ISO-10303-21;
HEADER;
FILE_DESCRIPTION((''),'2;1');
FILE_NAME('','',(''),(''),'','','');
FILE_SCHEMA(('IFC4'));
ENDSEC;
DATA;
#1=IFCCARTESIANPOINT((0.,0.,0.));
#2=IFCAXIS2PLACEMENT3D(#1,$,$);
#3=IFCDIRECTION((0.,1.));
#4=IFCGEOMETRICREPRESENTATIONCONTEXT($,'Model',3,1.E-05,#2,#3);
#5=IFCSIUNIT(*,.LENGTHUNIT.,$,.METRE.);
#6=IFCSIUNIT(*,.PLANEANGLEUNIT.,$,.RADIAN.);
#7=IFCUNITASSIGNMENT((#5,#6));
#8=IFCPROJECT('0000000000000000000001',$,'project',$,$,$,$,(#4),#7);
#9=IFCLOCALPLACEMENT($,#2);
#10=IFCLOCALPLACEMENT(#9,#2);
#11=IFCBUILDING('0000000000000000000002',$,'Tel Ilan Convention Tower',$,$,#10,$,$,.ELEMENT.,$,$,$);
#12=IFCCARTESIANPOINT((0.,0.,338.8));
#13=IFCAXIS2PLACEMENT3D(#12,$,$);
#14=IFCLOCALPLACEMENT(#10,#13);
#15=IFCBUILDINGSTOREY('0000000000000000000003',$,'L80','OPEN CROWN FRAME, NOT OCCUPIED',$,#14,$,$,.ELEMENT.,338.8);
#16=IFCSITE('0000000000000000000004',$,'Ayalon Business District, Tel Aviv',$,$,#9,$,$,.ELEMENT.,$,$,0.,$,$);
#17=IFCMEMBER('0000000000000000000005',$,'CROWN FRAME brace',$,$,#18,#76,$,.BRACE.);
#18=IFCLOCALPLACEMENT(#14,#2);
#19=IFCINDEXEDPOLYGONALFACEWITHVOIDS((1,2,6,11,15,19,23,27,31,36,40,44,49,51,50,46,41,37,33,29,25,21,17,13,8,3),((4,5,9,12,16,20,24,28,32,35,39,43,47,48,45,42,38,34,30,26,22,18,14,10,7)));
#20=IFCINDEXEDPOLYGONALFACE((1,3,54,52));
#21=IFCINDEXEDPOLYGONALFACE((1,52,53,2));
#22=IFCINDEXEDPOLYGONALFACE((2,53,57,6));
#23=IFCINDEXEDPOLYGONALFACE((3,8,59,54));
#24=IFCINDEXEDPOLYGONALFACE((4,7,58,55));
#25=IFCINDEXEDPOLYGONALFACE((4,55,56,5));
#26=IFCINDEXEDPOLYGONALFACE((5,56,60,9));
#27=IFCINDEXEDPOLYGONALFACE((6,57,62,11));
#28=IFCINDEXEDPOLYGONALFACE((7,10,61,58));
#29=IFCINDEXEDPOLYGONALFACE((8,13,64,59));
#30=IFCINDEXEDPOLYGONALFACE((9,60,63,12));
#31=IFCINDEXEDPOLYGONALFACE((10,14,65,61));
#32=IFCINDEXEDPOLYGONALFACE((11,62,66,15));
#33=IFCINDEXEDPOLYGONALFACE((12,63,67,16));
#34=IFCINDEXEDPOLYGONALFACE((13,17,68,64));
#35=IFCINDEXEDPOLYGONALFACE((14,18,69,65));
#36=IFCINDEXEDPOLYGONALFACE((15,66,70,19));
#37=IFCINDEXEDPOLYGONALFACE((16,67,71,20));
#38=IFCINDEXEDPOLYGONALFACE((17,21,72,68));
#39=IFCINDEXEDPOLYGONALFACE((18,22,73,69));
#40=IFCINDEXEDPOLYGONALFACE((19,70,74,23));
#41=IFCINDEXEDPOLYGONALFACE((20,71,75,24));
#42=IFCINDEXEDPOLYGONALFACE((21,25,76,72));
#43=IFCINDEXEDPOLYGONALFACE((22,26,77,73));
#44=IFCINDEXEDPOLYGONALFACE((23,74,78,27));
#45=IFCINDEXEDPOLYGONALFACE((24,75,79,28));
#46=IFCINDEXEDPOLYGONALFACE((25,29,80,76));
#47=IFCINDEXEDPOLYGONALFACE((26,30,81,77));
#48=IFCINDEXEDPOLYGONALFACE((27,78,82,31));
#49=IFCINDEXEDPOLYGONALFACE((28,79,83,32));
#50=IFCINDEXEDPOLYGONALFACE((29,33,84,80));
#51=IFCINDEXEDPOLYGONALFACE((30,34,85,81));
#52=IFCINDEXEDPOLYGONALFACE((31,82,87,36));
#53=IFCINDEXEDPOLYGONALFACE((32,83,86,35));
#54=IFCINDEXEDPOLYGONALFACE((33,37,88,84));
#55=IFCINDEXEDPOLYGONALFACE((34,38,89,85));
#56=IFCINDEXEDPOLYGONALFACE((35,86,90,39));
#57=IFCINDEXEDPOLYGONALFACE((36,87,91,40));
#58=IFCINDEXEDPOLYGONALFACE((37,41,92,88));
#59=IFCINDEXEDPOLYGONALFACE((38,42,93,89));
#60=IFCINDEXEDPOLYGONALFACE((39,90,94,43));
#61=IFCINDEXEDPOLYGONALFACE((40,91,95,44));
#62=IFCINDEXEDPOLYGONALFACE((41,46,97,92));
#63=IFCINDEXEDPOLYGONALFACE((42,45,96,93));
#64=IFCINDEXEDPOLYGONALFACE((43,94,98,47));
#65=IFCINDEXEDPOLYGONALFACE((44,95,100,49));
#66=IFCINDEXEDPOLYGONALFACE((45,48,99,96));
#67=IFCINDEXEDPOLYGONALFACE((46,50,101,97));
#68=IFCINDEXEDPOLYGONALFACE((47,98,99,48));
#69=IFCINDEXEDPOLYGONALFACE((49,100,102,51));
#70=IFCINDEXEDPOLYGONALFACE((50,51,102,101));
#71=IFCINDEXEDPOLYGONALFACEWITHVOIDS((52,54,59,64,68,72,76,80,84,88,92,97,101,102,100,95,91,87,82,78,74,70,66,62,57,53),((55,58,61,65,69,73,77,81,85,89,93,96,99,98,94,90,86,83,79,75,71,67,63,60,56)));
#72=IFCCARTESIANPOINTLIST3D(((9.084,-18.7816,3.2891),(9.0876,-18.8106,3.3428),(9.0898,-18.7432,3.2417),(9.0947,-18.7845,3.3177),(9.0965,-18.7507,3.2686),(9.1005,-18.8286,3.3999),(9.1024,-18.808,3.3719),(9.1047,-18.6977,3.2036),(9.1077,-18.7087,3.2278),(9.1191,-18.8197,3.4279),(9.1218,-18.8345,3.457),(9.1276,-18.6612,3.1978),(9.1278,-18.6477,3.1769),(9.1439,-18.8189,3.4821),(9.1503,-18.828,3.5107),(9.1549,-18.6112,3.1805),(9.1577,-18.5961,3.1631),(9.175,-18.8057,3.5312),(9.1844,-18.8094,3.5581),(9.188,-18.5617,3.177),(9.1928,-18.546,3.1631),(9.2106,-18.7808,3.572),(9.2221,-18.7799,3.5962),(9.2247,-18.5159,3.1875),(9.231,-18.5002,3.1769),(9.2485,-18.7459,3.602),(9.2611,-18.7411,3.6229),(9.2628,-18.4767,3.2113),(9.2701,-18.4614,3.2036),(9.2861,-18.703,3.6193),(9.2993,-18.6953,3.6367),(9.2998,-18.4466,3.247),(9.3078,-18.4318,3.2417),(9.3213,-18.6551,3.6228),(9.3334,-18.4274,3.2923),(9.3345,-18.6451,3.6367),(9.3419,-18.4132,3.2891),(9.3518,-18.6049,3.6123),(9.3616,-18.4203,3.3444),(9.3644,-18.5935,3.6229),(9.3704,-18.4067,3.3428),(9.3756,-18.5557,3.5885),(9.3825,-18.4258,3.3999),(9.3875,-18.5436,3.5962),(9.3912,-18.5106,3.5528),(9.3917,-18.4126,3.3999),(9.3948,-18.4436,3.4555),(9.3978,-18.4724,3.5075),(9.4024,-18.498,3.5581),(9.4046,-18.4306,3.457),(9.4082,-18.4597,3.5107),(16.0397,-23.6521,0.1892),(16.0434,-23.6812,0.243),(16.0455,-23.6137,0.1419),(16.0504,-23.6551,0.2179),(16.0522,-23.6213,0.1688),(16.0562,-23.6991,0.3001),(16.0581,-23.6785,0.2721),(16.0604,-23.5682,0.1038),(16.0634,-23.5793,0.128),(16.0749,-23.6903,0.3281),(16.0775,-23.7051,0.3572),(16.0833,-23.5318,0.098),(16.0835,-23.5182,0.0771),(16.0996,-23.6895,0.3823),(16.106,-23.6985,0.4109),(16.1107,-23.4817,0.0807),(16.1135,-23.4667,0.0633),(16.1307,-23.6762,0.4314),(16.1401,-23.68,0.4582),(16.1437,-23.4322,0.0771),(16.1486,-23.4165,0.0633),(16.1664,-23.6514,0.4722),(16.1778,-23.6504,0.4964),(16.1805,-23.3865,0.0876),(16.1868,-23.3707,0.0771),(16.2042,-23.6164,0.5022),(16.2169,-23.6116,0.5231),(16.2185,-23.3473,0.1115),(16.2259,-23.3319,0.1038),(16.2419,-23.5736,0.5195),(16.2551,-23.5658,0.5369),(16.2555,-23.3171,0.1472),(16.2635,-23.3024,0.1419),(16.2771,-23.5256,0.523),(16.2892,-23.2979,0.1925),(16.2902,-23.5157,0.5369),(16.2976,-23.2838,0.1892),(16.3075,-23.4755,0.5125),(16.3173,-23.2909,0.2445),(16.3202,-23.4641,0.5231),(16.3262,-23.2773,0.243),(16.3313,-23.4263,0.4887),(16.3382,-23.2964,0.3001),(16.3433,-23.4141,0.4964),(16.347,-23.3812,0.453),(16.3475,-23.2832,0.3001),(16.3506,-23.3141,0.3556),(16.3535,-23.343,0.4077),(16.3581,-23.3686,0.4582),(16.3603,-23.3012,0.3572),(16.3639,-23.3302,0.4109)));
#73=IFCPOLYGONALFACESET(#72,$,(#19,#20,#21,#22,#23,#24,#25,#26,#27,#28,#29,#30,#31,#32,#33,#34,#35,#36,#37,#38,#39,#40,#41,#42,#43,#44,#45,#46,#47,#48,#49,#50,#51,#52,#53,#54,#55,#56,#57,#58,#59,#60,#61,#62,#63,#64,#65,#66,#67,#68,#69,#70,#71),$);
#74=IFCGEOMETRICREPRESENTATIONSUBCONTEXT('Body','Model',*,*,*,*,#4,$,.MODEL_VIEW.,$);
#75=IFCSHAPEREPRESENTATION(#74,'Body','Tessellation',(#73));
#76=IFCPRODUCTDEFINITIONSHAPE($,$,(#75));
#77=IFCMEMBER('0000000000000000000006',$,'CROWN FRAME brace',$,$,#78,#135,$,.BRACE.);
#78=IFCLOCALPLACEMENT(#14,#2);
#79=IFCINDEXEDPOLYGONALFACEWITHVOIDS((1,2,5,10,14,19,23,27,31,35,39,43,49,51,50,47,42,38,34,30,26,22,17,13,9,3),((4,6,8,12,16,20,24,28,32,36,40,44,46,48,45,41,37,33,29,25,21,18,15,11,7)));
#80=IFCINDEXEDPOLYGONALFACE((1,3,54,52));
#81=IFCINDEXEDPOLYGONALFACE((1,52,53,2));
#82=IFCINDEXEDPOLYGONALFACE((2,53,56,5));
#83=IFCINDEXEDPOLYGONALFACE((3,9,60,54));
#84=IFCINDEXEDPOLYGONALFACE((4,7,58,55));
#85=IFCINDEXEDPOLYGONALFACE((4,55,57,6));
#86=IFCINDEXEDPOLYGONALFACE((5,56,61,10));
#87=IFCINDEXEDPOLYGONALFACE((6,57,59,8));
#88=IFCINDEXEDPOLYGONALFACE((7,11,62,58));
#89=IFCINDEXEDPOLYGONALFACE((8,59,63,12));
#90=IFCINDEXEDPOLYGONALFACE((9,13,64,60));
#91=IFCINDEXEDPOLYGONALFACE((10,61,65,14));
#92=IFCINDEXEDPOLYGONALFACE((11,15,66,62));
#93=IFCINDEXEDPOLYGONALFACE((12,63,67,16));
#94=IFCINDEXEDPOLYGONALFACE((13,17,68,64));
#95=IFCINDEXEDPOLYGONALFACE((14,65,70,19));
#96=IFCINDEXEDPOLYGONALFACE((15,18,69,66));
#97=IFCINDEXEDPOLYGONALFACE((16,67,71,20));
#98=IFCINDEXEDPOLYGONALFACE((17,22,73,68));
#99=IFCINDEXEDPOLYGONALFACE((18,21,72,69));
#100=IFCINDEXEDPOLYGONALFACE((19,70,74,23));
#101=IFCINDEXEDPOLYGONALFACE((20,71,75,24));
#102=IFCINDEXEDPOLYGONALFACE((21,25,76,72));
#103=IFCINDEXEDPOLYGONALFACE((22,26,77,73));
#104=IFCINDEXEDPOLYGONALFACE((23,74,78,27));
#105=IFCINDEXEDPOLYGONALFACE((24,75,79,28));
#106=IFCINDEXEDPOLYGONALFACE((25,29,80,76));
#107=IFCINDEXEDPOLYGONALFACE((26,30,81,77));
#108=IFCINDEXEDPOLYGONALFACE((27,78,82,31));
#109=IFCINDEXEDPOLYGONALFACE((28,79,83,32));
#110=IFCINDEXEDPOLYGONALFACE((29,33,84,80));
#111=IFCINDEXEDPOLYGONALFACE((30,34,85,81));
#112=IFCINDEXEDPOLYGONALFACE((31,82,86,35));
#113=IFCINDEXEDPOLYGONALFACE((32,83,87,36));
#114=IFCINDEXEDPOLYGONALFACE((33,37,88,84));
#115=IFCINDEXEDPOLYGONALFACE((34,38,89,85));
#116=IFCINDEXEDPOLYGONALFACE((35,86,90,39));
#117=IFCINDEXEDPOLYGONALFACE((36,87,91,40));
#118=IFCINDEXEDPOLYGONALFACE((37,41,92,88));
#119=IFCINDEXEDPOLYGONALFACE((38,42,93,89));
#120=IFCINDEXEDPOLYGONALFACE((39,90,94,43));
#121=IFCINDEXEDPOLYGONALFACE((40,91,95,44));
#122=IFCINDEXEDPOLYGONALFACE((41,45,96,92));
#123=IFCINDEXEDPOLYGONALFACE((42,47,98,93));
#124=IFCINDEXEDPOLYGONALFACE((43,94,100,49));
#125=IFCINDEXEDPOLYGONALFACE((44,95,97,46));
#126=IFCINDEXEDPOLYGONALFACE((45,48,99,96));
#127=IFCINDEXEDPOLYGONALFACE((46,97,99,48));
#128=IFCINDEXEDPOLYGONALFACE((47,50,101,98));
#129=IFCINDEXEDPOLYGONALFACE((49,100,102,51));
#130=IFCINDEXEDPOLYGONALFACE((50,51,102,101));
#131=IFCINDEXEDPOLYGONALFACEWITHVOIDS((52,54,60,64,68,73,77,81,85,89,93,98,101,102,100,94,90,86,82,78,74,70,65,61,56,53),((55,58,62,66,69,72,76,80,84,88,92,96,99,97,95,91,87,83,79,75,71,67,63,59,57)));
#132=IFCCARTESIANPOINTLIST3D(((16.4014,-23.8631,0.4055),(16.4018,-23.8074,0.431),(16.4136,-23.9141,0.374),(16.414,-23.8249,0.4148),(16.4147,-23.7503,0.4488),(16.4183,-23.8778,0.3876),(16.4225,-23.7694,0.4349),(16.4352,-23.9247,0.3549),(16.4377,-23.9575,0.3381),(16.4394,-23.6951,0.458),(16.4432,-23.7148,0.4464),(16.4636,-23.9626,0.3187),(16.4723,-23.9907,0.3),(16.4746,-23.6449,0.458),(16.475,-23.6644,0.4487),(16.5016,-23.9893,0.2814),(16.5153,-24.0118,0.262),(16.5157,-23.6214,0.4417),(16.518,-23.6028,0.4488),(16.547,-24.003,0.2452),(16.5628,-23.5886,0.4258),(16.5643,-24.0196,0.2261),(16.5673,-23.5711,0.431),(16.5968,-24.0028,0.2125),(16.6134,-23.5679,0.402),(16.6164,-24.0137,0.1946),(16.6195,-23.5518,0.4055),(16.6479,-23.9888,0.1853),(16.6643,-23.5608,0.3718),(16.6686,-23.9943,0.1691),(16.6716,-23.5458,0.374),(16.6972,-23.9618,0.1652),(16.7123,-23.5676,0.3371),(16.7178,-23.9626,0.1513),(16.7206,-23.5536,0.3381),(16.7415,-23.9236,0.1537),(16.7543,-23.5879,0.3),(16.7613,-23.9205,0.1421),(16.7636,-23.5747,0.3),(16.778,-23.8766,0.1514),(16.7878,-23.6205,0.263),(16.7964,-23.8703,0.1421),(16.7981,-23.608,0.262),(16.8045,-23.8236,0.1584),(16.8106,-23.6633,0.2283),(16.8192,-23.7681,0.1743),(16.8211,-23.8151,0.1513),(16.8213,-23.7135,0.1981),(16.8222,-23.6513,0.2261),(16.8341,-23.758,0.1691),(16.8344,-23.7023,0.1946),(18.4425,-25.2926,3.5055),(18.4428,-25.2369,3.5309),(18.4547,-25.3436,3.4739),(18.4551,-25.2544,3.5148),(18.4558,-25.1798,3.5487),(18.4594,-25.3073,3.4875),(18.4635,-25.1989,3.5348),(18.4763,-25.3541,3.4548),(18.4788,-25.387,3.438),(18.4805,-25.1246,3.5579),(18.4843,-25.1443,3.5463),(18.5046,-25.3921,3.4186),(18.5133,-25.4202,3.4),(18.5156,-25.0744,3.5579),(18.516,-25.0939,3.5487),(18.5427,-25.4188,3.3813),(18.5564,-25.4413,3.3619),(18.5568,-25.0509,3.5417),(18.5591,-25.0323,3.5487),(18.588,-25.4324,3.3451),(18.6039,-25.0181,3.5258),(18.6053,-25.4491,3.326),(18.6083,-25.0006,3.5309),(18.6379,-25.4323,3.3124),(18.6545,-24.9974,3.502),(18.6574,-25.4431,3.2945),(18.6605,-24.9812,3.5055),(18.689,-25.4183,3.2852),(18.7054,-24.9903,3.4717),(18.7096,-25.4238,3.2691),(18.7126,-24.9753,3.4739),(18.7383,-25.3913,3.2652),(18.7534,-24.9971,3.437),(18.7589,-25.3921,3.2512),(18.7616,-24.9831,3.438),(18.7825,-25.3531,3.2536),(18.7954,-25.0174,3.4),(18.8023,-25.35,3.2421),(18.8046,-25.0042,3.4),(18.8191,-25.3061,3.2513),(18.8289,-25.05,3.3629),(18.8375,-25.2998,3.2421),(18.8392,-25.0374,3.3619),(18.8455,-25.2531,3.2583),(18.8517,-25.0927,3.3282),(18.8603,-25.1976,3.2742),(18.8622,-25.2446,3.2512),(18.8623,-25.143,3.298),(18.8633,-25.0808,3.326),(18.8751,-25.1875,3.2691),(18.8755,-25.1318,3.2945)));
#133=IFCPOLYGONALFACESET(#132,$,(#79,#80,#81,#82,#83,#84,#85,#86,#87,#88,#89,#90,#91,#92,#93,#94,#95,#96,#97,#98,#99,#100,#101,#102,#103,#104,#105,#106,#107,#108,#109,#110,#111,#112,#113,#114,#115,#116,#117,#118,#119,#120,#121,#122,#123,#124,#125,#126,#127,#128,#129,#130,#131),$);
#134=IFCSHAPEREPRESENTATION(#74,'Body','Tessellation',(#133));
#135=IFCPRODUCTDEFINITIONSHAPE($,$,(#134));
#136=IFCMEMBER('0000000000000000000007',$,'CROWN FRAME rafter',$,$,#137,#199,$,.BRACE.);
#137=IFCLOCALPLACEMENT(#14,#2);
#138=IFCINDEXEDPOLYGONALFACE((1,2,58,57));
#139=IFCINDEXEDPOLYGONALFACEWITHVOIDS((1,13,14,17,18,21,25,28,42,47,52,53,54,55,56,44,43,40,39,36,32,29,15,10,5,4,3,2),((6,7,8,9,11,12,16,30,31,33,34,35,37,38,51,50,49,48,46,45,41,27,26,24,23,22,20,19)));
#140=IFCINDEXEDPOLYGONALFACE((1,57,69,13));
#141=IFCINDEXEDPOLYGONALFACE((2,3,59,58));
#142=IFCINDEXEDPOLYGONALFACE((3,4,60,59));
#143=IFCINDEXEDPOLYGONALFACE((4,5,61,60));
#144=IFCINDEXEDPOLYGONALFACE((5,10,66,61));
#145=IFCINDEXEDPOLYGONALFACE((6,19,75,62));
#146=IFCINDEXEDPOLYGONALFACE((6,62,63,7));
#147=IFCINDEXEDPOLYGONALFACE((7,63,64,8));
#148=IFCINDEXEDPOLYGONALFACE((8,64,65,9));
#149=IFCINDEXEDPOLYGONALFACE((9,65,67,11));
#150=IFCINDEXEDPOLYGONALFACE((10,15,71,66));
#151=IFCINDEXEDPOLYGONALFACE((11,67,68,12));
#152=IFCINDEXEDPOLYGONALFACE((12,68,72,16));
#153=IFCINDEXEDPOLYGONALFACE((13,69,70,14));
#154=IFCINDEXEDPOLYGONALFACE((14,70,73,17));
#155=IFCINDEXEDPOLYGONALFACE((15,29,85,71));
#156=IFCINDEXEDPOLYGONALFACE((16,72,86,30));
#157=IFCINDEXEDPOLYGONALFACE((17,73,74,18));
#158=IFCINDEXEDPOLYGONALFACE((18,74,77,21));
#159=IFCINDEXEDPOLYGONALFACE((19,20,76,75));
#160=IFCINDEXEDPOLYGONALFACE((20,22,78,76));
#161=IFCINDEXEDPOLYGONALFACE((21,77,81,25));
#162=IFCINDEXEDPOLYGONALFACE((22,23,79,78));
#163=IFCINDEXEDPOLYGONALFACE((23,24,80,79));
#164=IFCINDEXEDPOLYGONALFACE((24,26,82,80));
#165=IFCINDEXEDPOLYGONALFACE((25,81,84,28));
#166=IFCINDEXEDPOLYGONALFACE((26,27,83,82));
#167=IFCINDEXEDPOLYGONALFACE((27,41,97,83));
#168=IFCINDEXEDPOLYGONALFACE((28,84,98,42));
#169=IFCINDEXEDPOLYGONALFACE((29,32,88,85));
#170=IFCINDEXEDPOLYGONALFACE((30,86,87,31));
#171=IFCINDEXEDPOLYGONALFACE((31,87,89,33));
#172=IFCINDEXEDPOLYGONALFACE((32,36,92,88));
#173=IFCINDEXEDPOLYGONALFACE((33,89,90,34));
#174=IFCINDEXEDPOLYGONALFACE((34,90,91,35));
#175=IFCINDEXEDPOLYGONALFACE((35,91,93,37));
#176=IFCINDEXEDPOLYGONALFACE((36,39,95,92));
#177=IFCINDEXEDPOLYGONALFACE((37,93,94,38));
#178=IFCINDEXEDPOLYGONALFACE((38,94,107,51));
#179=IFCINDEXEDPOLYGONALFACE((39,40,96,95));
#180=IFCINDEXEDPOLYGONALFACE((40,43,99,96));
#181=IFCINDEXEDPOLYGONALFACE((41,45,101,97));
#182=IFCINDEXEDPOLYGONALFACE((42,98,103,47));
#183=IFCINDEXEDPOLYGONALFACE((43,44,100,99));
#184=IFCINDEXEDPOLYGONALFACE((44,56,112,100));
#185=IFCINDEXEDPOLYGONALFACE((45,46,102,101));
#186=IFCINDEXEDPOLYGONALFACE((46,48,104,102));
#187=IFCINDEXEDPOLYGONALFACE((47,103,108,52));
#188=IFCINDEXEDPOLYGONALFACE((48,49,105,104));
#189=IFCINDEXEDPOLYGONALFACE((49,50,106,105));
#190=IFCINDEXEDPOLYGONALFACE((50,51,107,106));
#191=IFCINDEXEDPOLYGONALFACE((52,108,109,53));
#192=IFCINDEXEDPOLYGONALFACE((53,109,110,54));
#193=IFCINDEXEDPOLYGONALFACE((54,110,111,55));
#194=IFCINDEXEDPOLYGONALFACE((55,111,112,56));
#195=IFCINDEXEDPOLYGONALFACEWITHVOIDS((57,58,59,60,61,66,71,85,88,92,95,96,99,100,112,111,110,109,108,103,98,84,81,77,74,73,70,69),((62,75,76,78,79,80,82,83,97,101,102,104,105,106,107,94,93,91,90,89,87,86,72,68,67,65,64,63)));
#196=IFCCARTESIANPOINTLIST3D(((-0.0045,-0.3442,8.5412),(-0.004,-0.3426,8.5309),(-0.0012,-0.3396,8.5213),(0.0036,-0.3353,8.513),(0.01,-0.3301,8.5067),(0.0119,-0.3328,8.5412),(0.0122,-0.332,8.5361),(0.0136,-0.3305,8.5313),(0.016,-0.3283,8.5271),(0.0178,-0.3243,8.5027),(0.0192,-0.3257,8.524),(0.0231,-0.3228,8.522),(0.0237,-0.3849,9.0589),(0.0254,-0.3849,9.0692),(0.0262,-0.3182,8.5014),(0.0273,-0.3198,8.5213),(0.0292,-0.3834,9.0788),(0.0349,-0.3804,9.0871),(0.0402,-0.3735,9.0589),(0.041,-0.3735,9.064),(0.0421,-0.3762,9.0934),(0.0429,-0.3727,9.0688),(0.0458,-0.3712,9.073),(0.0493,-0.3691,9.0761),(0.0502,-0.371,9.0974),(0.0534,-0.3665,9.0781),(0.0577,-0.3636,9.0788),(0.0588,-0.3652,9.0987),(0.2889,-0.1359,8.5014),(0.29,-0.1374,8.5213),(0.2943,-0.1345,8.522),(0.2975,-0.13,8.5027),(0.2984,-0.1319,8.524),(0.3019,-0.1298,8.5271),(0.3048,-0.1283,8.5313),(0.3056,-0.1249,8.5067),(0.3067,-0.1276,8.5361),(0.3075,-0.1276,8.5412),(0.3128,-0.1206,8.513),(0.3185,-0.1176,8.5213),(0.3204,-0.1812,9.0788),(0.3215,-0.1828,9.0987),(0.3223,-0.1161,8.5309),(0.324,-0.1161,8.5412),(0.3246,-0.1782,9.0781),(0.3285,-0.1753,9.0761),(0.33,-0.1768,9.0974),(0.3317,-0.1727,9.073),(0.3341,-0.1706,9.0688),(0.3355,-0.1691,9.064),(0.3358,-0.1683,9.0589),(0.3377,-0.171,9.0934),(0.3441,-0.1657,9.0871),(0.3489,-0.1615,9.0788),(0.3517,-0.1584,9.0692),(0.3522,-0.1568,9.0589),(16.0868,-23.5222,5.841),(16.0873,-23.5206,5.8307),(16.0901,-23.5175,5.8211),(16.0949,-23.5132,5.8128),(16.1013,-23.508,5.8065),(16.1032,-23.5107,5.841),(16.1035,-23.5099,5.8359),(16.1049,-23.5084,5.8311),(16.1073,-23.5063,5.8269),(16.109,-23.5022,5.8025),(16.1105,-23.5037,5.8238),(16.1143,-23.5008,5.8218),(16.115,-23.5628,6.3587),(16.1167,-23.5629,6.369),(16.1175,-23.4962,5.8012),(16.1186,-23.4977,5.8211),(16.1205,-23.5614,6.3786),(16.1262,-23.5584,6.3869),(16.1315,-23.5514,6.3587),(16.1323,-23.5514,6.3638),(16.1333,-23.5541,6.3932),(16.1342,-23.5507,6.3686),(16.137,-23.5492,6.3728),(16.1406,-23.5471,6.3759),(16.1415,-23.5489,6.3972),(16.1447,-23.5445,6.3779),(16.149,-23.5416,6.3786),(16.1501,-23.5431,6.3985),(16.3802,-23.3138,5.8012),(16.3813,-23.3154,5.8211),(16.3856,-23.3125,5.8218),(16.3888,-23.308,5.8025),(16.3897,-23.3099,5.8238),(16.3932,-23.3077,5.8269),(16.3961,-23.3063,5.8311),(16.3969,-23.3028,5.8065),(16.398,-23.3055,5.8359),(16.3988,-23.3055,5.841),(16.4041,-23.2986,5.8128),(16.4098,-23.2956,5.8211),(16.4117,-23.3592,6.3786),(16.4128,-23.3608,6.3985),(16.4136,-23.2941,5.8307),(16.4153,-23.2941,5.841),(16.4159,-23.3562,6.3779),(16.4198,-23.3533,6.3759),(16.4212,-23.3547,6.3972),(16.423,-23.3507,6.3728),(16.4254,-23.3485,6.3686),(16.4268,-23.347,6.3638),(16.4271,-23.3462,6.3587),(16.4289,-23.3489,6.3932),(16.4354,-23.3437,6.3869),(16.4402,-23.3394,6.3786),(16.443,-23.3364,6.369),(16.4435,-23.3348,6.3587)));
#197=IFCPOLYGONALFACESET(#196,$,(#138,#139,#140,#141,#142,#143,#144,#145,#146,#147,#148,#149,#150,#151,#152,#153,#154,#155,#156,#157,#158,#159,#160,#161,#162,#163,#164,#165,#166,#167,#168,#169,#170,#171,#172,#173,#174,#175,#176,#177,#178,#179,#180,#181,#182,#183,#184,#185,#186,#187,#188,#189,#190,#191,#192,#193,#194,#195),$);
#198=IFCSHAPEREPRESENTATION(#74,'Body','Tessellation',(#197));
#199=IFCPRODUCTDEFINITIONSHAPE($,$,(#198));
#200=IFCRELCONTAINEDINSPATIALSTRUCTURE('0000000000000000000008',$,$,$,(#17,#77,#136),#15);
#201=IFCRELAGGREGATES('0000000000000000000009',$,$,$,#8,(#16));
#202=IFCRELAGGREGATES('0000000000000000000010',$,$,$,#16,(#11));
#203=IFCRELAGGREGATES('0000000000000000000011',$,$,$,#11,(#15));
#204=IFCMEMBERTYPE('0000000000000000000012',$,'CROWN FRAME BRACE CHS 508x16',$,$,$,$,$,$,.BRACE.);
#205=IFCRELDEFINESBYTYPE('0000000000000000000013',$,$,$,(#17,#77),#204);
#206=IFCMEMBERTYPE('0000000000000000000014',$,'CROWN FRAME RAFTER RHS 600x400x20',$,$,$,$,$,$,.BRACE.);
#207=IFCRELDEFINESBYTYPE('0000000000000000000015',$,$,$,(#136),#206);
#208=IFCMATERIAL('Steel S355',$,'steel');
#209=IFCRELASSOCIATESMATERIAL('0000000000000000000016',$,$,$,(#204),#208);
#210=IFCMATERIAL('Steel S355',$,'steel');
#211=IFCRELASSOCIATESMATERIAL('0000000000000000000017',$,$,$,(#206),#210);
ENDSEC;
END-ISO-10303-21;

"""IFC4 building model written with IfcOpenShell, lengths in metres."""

from ifc_helpers import new_model, si_unit, direction, frame, origin, origin_2d, place, context, subcontext, project, spatial, hollow_rectangle, hollow_circle, extrude, material, material_profile, profile_set, type_object, element, save


model = new_model("IFC4")

# Units and contexts
model_context = context("Model", 3, precision=1e-05, world=origin(), true_north=direction((0.0, 1.0)))
body_context = subcontext(model_context, "Body", "Model", "MODEL_VIEW")
ifc_project = project(units=[si_unit("LENGTHUNIT", "METRE"), si_unit("PLANEANGLEUNIT", "RADIAN")], contexts=[model_context])

# Site, building, storey
site_placement = place(None, origin())
site = spatial("IfcSite", under=ifc_project, at=site_placement, Name="Ayalon Business District, Tel Aviv", CompositionType="ELEMENT", RefElevation=0.0)
building_placement = place(site_placement, origin())
building = spatial("IfcBuilding", under=site, at=building_placement, Name="Tel Ilan Convention Tower", CompositionType="ELEMENT")
storey_placement = place(building_placement, frame((0.0, 0.0, 338.8)))
storey = spatial("IfcBuildingStorey", under=building, at=storey_placement, Name="L80", Description="OPEN CROWN FRAME, NOT OCCUPIED", CompositionType="ELEMENT", Elevation=338.8)

# Members
ifc_material_1 = material(Name="Steel S355", Category="steel")
ifc_material_profile_1 = material_profile(ifc_material_1, hollow_circle(Radius=0.2539, WallThickness=0.0161, at=origin_2d()), Name="CHS 508x16")
ifc_profile_set_1 = profile_set([ifc_material_profile_1], Name="Steel S355")
member_type_1 = type_object("IfcMemberType", Name="CROWN FRAME BRACE CHS 508x16", PredefinedType="BRACE", material=ifc_profile_set_1)
member_1_placement = place(storey_placement, frame((9.2461, -18.6206, 3.3999), z_axis=(0.769478, -0.538805, -0.342918), x_axis=(0.573584, 0.819147, 0.0)))
element("IfcMember", 1, at=member_1_placement, inside=storey, type_object=member_type_1, Name="CROWN FRAME brace", PredefinedType="BRACE", context=body_context, shape_type="SweptSolid", body=[
    extrude(hollow_circle(Radius=0.2539, WallThickness=0.0161, at=origin_2d()), origin(), (0.0, 0.0, 1.0), 9.0396),
])
member_2_placement = place(storey_placement, frame((16.6179, -23.7827, 0.3), z_axis=(0.513179, -0.359409, 0.779405), x_axis=(0.57366, 0.819094, 0.0)))
element("IfcMember", 2, at=member_2_placement, inside=storey, type_object=member_type_1, Name="CROWN FRAME brace", PredefinedType="BRACE", context=body_context, shape_type="SweptSolid", body=[
    extrude(hollow_circle(Radius=0.2539, WallThickness=0.0161, at=origin_2d()), origin(), (0.0, 0.0, 1.0), 3.9773),
])
ifc_material_2 = material(Name="Steel S355", Category="steel")
ifc_material_profile_2 = material_profile(ifc_material_2, hollow_rectangle(XDim=0.3999, YDim=0.6001, WallThickness=0.02, InnerFilletRadius=0.02, OuterFilletRadius=0.04, at=origin_2d()), Name="RHS 600x400x20")
ifc_profile_set_2 = profile_set([ifc_material_profile_2], Name="Steel S355")
member_type_2 = type_object("IfcMemberType", Name="CROWN FRAME RAFTER RHS 600x400x20", PredefinedType="BRACE", material=ifc_profile_set_2)
member_3_placement = place(storey_placement, frame((16.2651, -23.4285, 6.0999), z_axis=(-0.567694, 0.817709, 0.095262), x_axis=(-0.821445, -0.570288, 0.0)))
element("IfcMember", 3, at=member_3_placement, inside=storey, type_object=member_type_2, Name="CROWN FRAME rafter", PredefinedType="BRACE", context=body_context, shape_type="SweptSolid", body=[
    extrude(hollow_rectangle(XDim=0.3999, YDim=0.6001, WallThickness=0.02, InnerFilletRadius=0.02, OuterFilletRadius=0.04, at=origin_2d()), origin(), (0.0, 0.0, 1.0), 28.345),
])

save(model, "model.ifc")
